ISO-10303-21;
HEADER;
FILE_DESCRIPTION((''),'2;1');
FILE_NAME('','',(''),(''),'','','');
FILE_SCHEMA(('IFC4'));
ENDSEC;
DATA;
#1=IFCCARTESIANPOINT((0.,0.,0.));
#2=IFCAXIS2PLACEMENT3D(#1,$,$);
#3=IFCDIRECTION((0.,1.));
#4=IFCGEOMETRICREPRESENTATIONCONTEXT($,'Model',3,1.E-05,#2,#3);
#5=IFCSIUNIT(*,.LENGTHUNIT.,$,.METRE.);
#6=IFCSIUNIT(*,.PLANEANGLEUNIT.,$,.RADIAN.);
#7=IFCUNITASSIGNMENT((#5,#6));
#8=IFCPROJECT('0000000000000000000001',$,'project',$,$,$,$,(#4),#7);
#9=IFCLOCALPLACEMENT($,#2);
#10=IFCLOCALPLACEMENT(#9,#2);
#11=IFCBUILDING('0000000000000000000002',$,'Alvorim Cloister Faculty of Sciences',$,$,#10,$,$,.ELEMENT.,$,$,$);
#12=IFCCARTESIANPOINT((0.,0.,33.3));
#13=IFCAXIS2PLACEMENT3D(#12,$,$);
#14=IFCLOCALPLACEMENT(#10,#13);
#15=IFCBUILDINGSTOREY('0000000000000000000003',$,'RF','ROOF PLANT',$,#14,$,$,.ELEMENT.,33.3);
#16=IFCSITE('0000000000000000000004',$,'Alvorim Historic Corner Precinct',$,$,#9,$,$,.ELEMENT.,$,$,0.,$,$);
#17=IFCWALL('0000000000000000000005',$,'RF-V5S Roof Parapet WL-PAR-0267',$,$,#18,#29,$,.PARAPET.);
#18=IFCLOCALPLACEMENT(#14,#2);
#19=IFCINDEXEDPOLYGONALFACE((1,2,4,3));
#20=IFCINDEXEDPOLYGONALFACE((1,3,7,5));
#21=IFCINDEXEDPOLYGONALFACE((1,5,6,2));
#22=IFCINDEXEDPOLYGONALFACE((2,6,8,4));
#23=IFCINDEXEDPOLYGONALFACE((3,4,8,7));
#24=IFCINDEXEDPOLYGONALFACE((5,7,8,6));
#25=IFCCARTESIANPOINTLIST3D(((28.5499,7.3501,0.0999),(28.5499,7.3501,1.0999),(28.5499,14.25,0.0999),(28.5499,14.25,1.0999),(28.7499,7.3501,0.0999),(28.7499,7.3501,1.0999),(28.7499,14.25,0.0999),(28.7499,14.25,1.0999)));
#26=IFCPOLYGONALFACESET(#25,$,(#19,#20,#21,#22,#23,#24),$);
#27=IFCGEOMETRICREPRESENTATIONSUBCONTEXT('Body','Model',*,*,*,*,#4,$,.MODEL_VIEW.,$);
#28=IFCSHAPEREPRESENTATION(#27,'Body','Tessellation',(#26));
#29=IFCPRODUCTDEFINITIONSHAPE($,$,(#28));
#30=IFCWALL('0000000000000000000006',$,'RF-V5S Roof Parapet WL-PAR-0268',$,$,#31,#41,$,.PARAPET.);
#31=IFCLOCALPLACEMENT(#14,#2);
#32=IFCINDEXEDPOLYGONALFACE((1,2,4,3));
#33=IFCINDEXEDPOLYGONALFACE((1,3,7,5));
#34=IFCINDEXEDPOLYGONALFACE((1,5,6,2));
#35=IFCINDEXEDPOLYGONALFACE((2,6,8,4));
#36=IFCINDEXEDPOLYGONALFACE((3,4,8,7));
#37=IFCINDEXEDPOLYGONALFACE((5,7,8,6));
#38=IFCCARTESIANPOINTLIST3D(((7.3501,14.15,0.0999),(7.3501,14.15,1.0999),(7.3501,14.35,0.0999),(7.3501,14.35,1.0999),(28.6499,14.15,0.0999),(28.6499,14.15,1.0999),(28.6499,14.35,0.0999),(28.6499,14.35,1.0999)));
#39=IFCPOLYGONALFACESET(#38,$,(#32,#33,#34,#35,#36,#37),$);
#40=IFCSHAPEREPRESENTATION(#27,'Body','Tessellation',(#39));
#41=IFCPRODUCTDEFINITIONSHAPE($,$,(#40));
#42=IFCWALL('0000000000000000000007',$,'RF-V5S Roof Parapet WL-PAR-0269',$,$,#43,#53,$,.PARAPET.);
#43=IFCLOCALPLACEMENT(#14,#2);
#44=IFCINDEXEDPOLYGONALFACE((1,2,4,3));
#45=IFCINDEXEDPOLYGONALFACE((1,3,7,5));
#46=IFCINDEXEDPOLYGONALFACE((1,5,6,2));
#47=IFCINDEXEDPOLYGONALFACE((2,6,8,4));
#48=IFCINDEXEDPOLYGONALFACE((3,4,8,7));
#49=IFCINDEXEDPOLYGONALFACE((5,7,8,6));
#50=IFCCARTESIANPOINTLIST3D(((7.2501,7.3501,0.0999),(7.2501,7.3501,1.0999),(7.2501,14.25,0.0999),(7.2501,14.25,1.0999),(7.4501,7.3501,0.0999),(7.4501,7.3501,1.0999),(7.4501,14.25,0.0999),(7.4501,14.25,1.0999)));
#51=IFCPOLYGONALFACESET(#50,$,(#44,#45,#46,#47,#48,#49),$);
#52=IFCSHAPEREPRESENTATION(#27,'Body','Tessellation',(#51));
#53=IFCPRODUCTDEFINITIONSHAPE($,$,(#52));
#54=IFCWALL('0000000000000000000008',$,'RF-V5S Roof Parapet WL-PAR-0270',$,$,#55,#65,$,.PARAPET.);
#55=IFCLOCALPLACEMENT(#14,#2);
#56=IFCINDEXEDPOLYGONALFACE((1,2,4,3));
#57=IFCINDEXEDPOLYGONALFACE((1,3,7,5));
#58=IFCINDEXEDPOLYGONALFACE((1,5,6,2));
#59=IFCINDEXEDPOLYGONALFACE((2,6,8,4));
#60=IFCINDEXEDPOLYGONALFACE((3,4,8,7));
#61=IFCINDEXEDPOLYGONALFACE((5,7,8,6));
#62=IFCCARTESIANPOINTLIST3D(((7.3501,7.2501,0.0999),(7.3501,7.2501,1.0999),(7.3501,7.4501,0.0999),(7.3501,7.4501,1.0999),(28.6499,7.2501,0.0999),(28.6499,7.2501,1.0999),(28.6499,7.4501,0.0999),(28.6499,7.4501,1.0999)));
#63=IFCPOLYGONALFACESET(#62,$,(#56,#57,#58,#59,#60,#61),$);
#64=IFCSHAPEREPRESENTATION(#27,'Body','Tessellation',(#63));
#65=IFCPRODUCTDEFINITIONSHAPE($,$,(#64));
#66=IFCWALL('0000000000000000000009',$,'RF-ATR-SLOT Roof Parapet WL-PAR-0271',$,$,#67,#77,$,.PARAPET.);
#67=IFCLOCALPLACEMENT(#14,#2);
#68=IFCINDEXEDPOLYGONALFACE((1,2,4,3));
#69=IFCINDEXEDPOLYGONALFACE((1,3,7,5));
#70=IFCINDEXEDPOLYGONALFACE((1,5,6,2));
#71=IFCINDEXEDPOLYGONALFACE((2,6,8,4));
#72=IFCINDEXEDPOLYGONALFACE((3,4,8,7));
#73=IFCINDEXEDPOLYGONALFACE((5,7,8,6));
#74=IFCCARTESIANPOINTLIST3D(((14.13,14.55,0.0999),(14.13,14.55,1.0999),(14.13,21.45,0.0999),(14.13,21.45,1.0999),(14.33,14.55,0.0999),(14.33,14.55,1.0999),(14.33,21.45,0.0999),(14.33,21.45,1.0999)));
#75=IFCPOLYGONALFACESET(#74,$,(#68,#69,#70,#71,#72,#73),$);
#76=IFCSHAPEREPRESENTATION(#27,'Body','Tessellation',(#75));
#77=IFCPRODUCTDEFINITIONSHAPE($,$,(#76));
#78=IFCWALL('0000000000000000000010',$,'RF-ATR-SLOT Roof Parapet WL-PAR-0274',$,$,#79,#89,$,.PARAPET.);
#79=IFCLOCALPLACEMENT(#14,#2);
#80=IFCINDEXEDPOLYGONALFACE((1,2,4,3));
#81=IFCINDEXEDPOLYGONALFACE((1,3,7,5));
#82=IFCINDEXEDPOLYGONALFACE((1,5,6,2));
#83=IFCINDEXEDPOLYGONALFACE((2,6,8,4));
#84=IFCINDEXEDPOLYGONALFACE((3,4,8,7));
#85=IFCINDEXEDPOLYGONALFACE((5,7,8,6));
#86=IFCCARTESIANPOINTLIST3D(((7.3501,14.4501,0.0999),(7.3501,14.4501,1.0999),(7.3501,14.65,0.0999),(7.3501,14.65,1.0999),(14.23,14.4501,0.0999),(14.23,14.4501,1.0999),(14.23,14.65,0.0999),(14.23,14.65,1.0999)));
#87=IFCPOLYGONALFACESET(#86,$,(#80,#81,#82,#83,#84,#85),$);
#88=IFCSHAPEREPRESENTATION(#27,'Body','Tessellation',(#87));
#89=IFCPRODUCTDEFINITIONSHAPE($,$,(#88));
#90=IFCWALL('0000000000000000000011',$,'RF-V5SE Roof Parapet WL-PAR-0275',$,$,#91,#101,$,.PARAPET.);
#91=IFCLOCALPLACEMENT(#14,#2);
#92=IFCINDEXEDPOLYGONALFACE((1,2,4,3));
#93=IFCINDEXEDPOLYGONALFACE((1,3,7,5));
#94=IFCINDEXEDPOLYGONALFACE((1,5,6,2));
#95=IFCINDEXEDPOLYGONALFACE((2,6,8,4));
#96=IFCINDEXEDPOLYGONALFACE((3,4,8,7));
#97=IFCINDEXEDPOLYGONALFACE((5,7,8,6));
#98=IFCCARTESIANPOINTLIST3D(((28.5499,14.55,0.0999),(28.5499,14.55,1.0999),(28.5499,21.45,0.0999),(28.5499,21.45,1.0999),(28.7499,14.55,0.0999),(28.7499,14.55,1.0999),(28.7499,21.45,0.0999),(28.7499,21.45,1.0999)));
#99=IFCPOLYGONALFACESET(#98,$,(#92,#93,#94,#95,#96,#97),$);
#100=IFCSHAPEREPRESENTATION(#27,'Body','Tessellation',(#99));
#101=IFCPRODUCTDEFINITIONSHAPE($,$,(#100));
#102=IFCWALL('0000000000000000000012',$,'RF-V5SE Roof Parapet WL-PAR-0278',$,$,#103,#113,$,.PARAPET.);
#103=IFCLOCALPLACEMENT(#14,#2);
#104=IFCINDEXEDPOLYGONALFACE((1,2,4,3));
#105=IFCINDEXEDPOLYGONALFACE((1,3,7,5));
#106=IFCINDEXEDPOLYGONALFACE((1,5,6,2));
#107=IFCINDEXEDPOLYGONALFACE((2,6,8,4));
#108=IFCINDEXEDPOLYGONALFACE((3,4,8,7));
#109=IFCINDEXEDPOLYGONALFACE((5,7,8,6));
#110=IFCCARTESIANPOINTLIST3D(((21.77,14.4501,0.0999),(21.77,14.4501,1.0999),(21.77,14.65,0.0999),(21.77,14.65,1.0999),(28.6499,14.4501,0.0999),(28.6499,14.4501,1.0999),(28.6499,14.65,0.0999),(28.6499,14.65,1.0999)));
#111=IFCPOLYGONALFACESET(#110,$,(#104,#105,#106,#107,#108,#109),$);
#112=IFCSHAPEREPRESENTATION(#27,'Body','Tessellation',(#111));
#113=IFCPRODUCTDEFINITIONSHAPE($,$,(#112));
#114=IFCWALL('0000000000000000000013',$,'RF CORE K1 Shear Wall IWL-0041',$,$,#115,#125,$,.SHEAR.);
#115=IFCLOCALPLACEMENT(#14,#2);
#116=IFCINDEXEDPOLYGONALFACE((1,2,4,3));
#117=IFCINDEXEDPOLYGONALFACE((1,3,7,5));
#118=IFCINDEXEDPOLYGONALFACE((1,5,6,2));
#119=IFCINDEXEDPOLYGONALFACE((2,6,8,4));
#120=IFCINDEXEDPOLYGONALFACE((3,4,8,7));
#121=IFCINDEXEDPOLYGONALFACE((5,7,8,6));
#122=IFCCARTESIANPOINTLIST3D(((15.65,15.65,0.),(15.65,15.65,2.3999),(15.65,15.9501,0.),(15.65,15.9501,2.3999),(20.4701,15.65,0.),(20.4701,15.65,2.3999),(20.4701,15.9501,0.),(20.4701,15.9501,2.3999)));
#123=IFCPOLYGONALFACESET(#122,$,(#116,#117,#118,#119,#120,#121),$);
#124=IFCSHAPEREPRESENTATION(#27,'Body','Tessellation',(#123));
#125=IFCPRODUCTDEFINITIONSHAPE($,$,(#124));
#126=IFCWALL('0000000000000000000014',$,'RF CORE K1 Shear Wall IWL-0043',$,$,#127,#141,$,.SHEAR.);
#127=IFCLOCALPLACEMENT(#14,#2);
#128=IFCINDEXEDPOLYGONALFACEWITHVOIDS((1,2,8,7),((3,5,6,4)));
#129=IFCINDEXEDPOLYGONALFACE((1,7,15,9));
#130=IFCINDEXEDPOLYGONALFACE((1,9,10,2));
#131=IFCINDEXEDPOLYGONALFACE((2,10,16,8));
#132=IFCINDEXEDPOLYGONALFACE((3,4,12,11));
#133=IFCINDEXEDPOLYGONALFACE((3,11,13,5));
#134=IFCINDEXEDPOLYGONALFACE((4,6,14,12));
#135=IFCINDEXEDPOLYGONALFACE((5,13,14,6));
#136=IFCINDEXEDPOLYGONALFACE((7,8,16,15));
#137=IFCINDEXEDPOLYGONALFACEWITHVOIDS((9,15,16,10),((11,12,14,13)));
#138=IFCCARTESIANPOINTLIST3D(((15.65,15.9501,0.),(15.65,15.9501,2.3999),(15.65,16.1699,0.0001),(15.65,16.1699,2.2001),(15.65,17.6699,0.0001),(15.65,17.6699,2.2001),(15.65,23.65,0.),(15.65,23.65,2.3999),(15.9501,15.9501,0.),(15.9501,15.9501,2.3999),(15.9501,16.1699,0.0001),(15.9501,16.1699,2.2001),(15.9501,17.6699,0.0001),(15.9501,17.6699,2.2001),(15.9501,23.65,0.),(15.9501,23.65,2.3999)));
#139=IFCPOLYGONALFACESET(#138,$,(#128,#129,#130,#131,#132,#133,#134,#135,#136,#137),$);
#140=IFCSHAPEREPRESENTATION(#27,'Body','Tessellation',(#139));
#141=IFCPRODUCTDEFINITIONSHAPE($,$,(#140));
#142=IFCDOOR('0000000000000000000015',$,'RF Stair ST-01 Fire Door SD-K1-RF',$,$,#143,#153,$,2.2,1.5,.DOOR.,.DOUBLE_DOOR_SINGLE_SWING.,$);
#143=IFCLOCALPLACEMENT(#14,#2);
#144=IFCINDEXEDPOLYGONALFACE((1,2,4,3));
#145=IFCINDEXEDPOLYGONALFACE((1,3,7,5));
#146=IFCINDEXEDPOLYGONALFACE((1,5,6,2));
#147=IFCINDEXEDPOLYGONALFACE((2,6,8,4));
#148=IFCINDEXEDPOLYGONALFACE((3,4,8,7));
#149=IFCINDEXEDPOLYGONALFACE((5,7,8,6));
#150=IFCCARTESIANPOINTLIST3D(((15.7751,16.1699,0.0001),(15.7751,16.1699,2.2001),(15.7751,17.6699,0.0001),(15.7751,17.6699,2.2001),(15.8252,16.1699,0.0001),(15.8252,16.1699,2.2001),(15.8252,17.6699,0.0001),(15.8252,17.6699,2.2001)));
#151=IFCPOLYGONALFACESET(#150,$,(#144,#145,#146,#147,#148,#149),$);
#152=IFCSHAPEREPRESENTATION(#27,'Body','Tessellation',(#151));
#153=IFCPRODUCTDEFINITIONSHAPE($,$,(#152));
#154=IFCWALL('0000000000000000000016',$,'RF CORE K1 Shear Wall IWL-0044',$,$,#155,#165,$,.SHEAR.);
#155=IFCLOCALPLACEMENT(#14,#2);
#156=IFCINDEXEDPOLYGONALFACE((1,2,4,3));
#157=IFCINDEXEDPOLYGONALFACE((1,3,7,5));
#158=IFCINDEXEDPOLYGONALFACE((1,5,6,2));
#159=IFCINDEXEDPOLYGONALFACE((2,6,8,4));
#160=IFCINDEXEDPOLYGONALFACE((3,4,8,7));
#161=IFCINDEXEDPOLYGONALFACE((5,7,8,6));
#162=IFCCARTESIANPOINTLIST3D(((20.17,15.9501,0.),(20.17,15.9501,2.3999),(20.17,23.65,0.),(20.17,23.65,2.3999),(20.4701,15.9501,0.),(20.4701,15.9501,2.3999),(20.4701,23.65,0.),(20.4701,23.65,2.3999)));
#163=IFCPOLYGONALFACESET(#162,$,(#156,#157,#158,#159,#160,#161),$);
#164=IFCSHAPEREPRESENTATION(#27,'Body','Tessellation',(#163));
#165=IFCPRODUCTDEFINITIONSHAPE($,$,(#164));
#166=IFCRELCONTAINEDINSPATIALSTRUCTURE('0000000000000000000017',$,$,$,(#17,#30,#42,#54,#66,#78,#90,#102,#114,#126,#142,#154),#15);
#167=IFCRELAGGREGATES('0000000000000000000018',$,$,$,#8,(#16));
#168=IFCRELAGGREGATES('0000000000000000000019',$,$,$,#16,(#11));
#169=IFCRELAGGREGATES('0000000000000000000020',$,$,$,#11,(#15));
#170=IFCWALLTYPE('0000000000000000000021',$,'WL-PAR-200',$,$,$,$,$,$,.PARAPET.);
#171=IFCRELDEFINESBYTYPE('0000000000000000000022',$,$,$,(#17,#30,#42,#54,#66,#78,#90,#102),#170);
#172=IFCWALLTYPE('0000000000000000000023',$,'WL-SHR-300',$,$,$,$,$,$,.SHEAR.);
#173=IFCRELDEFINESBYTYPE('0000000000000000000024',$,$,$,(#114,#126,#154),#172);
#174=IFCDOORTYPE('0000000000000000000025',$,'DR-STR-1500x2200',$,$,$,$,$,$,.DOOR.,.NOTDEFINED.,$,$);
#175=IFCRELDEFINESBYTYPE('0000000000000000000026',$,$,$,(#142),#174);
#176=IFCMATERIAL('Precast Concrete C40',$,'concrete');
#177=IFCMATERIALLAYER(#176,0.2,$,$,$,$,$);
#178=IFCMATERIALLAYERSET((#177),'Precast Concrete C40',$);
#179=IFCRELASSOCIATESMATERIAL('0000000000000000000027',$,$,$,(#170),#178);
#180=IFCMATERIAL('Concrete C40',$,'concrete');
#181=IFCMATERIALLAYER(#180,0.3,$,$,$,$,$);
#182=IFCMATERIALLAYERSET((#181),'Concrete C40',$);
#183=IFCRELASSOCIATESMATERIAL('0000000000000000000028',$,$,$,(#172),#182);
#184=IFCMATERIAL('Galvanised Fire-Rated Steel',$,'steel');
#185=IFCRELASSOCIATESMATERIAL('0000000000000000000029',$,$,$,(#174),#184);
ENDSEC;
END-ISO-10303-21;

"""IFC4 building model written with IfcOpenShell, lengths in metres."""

from ifc_helpers import new_model, si_unit, direction, frame, frame_2d, origin, place, context, subcontext, project, spatial, rectangle, extrude, material, layer, layer_set, type_object, element, fill, save


model = new_model("IFC4")

# Units and contexts
model_context = context("Model", 3, precision=1e-05, world=origin(), true_north=direction((0.0, 1.0)))
body_context = subcontext(model_context, "Body", "Model", "MODEL_VIEW")
ifc_project = project(units=[si_unit("LENGTHUNIT", "METRE"), si_unit("PLANEANGLEUNIT", "RADIAN")], contexts=[model_context])

# Site, building, storey
site_placement = place(None, origin())
site = spatial("IfcSite", under=ifc_project, at=site_placement, Name="Alvorim Historic Corner Precinct", CompositionType="ELEMENT", RefElevation=0.0)
building_placement = place(site_placement, origin())
building = spatial("IfcBuilding", under=site, at=building_placement, Name="Alvorim Cloister Faculty of Sciences", CompositionType="ELEMENT")
storey_placement = place(building_placement, frame((0.0, 0.0, 33.3)))
storey = spatial("IfcBuildingStorey", under=building, at=storey_placement, Name="RF", Description="ROOF PLANT", CompositionType="ELEMENT", Elevation=33.3)

# Walls
ifc_material_1 = material(Name="Precast Concrete C40", Category="concrete")
ifc_layer_1 = layer(ifc_material_1, 0.2)
ifc_layer_set_1 = layer_set([ifc_layer_1], Name="Precast Concrete C40")
wall_type_1 = type_object("IfcWallType", Name="WL-PAR-200", PredefinedType="PARAPET", material=ifc_layer_set_1)
wall_1_placement = place(storey_placement, frame((28.6499, 7.3501, 0.0999), z_axis=(0.0, 0.0, 1.0), x_axis=(0.0, 1.0, 0.0)))
element("IfcWall", 1, at=wall_1_placement, inside=storey, type_object=wall_type_1, Name="RF-V5S Roof Parapet WL-PAR-0267", PredefinedType="PARAPET", context=body_context, shape_type="SweptSolid", body=[
    extrude(rectangle(XDim=6.8999, YDim=0.2, at=frame_2d((3.45, 0.0))), origin(), (0.0, 0.0, 1.0), 1.0),
])
wall_2_placement = place(storey_placement, frame((28.6499, 14.25, 0.0999), z_axis=(0.0, 0.0, 1.0), x_axis=(-1.0, 0.0, 0.0)))
element("IfcWall", 2, at=wall_2_placement, inside=storey, type_object=wall_type_1, Name="RF-V5S Roof Parapet WL-PAR-0268", PredefinedType="PARAPET", context=body_context, shape_type="SweptSolid", body=[
    extrude(rectangle(XDim=21.2998, YDim=0.2, at=frame_2d((10.6499, 0.0))), origin(), (0.0, 0.0, 1.0), 1.0),
])
wall_3_placement = place(storey_placement, frame((7.3501, 14.25, 0.0999), z_axis=(0.0, 0.0, 1.0), x_axis=(0.0, -1.0, 0.0)))
element("IfcWall", 3, at=wall_3_placement, inside=storey, type_object=wall_type_1, Name="RF-V5S Roof Parapet WL-PAR-0269", PredefinedType="PARAPET", context=body_context, shape_type="SweptSolid", body=[
    extrude(rectangle(XDim=6.8999, YDim=0.2, at=frame_2d((3.45, 0.0))), origin(), (0.0, 0.0, 1.0), 1.0),
])
wall_4_placement = place(storey_placement, frame((7.3501, 7.3501, 0.0999), z_axis=(0.0, 0.0, 1.0), x_axis=(1.0, 0.0, 0.0)))
element("IfcWall", 4, at=wall_4_placement, inside=storey, type_object=wall_type_1, Name="RF-V5S Roof Parapet WL-PAR-0270", PredefinedType="PARAPET", context=body_context, shape_type="SweptSolid", body=[
    extrude(rectangle(XDim=21.2998, YDim=0.2, at=frame_2d((10.6499, 0.0))), origin(), (0.0, 0.0, 1.0), 1.0),
])
wall_5_placement = place(storey_placement, frame((14.23, 14.55, 0.0999), z_axis=(0.0, 0.0, 1.0), x_axis=(0.0, 1.0, 0.0)))
element("IfcWall", 5, at=wall_5_placement, inside=storey, type_object=wall_type_1, Name="RF-ATR-SLOT Roof Parapet WL-PAR-0271", PredefinedType="PARAPET", context=body_context, shape_type="SweptSolid", body=[
    extrude(rectangle(XDim=6.8999, YDim=0.2, at=frame_2d((3.45, 0.0))), origin(), (0.0, 0.0, 1.0), 1.0),
])
wall_6_placement = place(storey_placement, frame((7.3501, 14.55, 0.0999), z_axis=(0.0, 0.0, 1.0), x_axis=(1.0, 0.0, 0.0)))
element("IfcWall", 6, at=wall_6_placement, inside=storey, type_object=wall_type_1, Name="RF-ATR-SLOT Roof Parapet WL-PAR-0274", PredefinedType="PARAPET", context=body_context, shape_type="SweptSolid", body=[
    extrude(rectangle(XDim=6.8799, YDim=0.2, at=frame_2d((3.4399, 0.0))), origin(), (0.0, 0.0, 1.0), 1.0),
])
wall_7_placement = place(storey_placement, frame((28.6499, 14.55, 0.0999), z_axis=(0.0, 0.0, 1.0), x_axis=(0.0, 1.0, 0.0)))
element("IfcWall", 7, at=wall_7_placement, inside=storey, type_object=wall_type_1, Name="RF-V5SE Roof Parapet WL-PAR-0275", PredefinedType="PARAPET", context=body_context, shape_type="SweptSolid", body=[
    extrude(rectangle(XDim=6.8999, YDim=0.2, at=frame_2d((3.45, 0.0))), origin(), (0.0, 0.0, 1.0), 1.0),
])
wall_8_placement = place(storey_placement, frame((21.77, 14.55, 0.0999), z_axis=(0.0, 0.0, 1.0), x_axis=(1.0, 0.0, 0.0)))
element("IfcWall", 8, at=wall_8_placement, inside=storey, type_object=wall_type_1, Name="RF-V5SE Roof Parapet WL-PAR-0278", PredefinedType="PARAPET", context=body_context, shape_type="SweptSolid", body=[
    extrude(rectangle(XDim=6.8799, YDim=0.2, at=frame_2d((3.4399, 0.0))), origin(), (0.0, 0.0, 1.0), 1.0),
])
ifc_material_2 = material(Name="Concrete C40", Category="concrete")
ifc_layer_2 = layer(ifc_material_2, 0.3)
ifc_layer_set_2 = layer_set([ifc_layer_2], Name="Concrete C40")
wall_type_2 = type_object("IfcWallType", Name="WL-SHR-300", PredefinedType="SHEAR", material=ifc_layer_set_2)
wall_9_placement = place(storey_placement, frame((15.6499, 15.8, 0.0), z_axis=(0.0, 0.0, 1.0), x_axis=(1.0, 0.0, 0.0)))
element("IfcWall", 9, at=wall_9_placement, inside=storey, type_object=wall_type_2, Name="RF CORE K1 Shear Wall IWL-0041", PredefinedType="SHEAR", context=body_context, shape_type="SweptSolid", body=[
    extrude(rectangle(XDim=4.8201, YDim=0.3, at=frame_2d((2.4102, 0.0))), origin(), (0.0, 0.0, 1.0), 2.3999),
])

# Wall, opening, door
wall_10_placement = place(storey_placement, frame((15.8, 15.95, 0.0), z_axis=(0.0, 0.0, 1.0), x_axis=(0.0, 1.0, 0.0)))
wall_10 = element("IfcWall", 10, at=wall_10_placement, inside=storey, type_object=wall_type_2, Name="RF CORE K1 Shear Wall IWL-0043", PredefinedType="SHEAR", context=body_context, shape_type="SweptSolid", body=[
    extrude(rectangle(XDim=7.7, YDim=0.3, at=frame_2d((3.8501, 0.0))), origin(), (0.0, 0.0, 1.0), 2.3999),
])
opening_placement = place(wall_10_placement, frame((0.22, 0.0, 0.0)))
opening = element("IfcOpeningElement", 11, at=opening_placement, cuts=wall_10, PredefinedType="OPENING", context=body_context, shape_type="SweptSolid", body=[
    extrude(rectangle(XDim=1.5, YDim=2.2, at=frame_2d((0.75, 1.1001))), frame((0.0, 0.1621, 0.0), z_axis=(0.0, -1.0, 0.0), x_axis=(1.0, 0.0, 0.0)), (0.0, 0.0, 1.0), 0.324),
])
ifc_material_3 = material(Name="Galvanised Fire-Rated Steel", Category="steel")
door_type = type_object("IfcDoorType", Name="DR-STR-1500x2200", OperationType="NOTDEFINED", PredefinedType="DOOR", material=ifc_material_3)
door_placement = place(opening_placement, origin())
door = element("IfcDoor", 12, at=door_placement, inside=storey, type_object=door_type, Name="RF Stair ST-01 Fire Door SD-K1-RF", OperationType="DOUBLE_DOOR_SINGLE_SWING", OverallHeight=2.2, OverallWidth=1.5, PredefinedType="DOOR", context=body_context, shape_type="SweptSolid", body=[
    extrude(rectangle(XDim=1.5, YDim=2.2, at=frame_2d((0.75, 1.1001))), frame((0.0, 0.0249, 0.0), z_axis=(0.0, -1.0, 0.0), x_axis=(1.0, 0.0, 0.0)), (0.0, 0.0, 1.0), 0.05),
])
fill(opening, door)

# Wall
wall_11_placement = place(storey_placement, frame((20.3201, 15.95, 0.0), z_axis=(0.0, 0.0, 1.0), x_axis=(0.0, 1.0, 0.0)))
element("IfcWall", 13, at=wall_11_placement, inside=storey, type_object=wall_type_2, Name="RF CORE K1 Shear Wall IWL-0044", PredefinedType="SHEAR", context=body_context, shape_type="SweptSolid", body=[
    extrude(rectangle(XDim=7.7, YDim=0.3, at=frame_2d((3.8501, 0.0))), origin(), (0.0, 0.0, 1.0), 2.3999),
])

save(model, "model.ifc")
